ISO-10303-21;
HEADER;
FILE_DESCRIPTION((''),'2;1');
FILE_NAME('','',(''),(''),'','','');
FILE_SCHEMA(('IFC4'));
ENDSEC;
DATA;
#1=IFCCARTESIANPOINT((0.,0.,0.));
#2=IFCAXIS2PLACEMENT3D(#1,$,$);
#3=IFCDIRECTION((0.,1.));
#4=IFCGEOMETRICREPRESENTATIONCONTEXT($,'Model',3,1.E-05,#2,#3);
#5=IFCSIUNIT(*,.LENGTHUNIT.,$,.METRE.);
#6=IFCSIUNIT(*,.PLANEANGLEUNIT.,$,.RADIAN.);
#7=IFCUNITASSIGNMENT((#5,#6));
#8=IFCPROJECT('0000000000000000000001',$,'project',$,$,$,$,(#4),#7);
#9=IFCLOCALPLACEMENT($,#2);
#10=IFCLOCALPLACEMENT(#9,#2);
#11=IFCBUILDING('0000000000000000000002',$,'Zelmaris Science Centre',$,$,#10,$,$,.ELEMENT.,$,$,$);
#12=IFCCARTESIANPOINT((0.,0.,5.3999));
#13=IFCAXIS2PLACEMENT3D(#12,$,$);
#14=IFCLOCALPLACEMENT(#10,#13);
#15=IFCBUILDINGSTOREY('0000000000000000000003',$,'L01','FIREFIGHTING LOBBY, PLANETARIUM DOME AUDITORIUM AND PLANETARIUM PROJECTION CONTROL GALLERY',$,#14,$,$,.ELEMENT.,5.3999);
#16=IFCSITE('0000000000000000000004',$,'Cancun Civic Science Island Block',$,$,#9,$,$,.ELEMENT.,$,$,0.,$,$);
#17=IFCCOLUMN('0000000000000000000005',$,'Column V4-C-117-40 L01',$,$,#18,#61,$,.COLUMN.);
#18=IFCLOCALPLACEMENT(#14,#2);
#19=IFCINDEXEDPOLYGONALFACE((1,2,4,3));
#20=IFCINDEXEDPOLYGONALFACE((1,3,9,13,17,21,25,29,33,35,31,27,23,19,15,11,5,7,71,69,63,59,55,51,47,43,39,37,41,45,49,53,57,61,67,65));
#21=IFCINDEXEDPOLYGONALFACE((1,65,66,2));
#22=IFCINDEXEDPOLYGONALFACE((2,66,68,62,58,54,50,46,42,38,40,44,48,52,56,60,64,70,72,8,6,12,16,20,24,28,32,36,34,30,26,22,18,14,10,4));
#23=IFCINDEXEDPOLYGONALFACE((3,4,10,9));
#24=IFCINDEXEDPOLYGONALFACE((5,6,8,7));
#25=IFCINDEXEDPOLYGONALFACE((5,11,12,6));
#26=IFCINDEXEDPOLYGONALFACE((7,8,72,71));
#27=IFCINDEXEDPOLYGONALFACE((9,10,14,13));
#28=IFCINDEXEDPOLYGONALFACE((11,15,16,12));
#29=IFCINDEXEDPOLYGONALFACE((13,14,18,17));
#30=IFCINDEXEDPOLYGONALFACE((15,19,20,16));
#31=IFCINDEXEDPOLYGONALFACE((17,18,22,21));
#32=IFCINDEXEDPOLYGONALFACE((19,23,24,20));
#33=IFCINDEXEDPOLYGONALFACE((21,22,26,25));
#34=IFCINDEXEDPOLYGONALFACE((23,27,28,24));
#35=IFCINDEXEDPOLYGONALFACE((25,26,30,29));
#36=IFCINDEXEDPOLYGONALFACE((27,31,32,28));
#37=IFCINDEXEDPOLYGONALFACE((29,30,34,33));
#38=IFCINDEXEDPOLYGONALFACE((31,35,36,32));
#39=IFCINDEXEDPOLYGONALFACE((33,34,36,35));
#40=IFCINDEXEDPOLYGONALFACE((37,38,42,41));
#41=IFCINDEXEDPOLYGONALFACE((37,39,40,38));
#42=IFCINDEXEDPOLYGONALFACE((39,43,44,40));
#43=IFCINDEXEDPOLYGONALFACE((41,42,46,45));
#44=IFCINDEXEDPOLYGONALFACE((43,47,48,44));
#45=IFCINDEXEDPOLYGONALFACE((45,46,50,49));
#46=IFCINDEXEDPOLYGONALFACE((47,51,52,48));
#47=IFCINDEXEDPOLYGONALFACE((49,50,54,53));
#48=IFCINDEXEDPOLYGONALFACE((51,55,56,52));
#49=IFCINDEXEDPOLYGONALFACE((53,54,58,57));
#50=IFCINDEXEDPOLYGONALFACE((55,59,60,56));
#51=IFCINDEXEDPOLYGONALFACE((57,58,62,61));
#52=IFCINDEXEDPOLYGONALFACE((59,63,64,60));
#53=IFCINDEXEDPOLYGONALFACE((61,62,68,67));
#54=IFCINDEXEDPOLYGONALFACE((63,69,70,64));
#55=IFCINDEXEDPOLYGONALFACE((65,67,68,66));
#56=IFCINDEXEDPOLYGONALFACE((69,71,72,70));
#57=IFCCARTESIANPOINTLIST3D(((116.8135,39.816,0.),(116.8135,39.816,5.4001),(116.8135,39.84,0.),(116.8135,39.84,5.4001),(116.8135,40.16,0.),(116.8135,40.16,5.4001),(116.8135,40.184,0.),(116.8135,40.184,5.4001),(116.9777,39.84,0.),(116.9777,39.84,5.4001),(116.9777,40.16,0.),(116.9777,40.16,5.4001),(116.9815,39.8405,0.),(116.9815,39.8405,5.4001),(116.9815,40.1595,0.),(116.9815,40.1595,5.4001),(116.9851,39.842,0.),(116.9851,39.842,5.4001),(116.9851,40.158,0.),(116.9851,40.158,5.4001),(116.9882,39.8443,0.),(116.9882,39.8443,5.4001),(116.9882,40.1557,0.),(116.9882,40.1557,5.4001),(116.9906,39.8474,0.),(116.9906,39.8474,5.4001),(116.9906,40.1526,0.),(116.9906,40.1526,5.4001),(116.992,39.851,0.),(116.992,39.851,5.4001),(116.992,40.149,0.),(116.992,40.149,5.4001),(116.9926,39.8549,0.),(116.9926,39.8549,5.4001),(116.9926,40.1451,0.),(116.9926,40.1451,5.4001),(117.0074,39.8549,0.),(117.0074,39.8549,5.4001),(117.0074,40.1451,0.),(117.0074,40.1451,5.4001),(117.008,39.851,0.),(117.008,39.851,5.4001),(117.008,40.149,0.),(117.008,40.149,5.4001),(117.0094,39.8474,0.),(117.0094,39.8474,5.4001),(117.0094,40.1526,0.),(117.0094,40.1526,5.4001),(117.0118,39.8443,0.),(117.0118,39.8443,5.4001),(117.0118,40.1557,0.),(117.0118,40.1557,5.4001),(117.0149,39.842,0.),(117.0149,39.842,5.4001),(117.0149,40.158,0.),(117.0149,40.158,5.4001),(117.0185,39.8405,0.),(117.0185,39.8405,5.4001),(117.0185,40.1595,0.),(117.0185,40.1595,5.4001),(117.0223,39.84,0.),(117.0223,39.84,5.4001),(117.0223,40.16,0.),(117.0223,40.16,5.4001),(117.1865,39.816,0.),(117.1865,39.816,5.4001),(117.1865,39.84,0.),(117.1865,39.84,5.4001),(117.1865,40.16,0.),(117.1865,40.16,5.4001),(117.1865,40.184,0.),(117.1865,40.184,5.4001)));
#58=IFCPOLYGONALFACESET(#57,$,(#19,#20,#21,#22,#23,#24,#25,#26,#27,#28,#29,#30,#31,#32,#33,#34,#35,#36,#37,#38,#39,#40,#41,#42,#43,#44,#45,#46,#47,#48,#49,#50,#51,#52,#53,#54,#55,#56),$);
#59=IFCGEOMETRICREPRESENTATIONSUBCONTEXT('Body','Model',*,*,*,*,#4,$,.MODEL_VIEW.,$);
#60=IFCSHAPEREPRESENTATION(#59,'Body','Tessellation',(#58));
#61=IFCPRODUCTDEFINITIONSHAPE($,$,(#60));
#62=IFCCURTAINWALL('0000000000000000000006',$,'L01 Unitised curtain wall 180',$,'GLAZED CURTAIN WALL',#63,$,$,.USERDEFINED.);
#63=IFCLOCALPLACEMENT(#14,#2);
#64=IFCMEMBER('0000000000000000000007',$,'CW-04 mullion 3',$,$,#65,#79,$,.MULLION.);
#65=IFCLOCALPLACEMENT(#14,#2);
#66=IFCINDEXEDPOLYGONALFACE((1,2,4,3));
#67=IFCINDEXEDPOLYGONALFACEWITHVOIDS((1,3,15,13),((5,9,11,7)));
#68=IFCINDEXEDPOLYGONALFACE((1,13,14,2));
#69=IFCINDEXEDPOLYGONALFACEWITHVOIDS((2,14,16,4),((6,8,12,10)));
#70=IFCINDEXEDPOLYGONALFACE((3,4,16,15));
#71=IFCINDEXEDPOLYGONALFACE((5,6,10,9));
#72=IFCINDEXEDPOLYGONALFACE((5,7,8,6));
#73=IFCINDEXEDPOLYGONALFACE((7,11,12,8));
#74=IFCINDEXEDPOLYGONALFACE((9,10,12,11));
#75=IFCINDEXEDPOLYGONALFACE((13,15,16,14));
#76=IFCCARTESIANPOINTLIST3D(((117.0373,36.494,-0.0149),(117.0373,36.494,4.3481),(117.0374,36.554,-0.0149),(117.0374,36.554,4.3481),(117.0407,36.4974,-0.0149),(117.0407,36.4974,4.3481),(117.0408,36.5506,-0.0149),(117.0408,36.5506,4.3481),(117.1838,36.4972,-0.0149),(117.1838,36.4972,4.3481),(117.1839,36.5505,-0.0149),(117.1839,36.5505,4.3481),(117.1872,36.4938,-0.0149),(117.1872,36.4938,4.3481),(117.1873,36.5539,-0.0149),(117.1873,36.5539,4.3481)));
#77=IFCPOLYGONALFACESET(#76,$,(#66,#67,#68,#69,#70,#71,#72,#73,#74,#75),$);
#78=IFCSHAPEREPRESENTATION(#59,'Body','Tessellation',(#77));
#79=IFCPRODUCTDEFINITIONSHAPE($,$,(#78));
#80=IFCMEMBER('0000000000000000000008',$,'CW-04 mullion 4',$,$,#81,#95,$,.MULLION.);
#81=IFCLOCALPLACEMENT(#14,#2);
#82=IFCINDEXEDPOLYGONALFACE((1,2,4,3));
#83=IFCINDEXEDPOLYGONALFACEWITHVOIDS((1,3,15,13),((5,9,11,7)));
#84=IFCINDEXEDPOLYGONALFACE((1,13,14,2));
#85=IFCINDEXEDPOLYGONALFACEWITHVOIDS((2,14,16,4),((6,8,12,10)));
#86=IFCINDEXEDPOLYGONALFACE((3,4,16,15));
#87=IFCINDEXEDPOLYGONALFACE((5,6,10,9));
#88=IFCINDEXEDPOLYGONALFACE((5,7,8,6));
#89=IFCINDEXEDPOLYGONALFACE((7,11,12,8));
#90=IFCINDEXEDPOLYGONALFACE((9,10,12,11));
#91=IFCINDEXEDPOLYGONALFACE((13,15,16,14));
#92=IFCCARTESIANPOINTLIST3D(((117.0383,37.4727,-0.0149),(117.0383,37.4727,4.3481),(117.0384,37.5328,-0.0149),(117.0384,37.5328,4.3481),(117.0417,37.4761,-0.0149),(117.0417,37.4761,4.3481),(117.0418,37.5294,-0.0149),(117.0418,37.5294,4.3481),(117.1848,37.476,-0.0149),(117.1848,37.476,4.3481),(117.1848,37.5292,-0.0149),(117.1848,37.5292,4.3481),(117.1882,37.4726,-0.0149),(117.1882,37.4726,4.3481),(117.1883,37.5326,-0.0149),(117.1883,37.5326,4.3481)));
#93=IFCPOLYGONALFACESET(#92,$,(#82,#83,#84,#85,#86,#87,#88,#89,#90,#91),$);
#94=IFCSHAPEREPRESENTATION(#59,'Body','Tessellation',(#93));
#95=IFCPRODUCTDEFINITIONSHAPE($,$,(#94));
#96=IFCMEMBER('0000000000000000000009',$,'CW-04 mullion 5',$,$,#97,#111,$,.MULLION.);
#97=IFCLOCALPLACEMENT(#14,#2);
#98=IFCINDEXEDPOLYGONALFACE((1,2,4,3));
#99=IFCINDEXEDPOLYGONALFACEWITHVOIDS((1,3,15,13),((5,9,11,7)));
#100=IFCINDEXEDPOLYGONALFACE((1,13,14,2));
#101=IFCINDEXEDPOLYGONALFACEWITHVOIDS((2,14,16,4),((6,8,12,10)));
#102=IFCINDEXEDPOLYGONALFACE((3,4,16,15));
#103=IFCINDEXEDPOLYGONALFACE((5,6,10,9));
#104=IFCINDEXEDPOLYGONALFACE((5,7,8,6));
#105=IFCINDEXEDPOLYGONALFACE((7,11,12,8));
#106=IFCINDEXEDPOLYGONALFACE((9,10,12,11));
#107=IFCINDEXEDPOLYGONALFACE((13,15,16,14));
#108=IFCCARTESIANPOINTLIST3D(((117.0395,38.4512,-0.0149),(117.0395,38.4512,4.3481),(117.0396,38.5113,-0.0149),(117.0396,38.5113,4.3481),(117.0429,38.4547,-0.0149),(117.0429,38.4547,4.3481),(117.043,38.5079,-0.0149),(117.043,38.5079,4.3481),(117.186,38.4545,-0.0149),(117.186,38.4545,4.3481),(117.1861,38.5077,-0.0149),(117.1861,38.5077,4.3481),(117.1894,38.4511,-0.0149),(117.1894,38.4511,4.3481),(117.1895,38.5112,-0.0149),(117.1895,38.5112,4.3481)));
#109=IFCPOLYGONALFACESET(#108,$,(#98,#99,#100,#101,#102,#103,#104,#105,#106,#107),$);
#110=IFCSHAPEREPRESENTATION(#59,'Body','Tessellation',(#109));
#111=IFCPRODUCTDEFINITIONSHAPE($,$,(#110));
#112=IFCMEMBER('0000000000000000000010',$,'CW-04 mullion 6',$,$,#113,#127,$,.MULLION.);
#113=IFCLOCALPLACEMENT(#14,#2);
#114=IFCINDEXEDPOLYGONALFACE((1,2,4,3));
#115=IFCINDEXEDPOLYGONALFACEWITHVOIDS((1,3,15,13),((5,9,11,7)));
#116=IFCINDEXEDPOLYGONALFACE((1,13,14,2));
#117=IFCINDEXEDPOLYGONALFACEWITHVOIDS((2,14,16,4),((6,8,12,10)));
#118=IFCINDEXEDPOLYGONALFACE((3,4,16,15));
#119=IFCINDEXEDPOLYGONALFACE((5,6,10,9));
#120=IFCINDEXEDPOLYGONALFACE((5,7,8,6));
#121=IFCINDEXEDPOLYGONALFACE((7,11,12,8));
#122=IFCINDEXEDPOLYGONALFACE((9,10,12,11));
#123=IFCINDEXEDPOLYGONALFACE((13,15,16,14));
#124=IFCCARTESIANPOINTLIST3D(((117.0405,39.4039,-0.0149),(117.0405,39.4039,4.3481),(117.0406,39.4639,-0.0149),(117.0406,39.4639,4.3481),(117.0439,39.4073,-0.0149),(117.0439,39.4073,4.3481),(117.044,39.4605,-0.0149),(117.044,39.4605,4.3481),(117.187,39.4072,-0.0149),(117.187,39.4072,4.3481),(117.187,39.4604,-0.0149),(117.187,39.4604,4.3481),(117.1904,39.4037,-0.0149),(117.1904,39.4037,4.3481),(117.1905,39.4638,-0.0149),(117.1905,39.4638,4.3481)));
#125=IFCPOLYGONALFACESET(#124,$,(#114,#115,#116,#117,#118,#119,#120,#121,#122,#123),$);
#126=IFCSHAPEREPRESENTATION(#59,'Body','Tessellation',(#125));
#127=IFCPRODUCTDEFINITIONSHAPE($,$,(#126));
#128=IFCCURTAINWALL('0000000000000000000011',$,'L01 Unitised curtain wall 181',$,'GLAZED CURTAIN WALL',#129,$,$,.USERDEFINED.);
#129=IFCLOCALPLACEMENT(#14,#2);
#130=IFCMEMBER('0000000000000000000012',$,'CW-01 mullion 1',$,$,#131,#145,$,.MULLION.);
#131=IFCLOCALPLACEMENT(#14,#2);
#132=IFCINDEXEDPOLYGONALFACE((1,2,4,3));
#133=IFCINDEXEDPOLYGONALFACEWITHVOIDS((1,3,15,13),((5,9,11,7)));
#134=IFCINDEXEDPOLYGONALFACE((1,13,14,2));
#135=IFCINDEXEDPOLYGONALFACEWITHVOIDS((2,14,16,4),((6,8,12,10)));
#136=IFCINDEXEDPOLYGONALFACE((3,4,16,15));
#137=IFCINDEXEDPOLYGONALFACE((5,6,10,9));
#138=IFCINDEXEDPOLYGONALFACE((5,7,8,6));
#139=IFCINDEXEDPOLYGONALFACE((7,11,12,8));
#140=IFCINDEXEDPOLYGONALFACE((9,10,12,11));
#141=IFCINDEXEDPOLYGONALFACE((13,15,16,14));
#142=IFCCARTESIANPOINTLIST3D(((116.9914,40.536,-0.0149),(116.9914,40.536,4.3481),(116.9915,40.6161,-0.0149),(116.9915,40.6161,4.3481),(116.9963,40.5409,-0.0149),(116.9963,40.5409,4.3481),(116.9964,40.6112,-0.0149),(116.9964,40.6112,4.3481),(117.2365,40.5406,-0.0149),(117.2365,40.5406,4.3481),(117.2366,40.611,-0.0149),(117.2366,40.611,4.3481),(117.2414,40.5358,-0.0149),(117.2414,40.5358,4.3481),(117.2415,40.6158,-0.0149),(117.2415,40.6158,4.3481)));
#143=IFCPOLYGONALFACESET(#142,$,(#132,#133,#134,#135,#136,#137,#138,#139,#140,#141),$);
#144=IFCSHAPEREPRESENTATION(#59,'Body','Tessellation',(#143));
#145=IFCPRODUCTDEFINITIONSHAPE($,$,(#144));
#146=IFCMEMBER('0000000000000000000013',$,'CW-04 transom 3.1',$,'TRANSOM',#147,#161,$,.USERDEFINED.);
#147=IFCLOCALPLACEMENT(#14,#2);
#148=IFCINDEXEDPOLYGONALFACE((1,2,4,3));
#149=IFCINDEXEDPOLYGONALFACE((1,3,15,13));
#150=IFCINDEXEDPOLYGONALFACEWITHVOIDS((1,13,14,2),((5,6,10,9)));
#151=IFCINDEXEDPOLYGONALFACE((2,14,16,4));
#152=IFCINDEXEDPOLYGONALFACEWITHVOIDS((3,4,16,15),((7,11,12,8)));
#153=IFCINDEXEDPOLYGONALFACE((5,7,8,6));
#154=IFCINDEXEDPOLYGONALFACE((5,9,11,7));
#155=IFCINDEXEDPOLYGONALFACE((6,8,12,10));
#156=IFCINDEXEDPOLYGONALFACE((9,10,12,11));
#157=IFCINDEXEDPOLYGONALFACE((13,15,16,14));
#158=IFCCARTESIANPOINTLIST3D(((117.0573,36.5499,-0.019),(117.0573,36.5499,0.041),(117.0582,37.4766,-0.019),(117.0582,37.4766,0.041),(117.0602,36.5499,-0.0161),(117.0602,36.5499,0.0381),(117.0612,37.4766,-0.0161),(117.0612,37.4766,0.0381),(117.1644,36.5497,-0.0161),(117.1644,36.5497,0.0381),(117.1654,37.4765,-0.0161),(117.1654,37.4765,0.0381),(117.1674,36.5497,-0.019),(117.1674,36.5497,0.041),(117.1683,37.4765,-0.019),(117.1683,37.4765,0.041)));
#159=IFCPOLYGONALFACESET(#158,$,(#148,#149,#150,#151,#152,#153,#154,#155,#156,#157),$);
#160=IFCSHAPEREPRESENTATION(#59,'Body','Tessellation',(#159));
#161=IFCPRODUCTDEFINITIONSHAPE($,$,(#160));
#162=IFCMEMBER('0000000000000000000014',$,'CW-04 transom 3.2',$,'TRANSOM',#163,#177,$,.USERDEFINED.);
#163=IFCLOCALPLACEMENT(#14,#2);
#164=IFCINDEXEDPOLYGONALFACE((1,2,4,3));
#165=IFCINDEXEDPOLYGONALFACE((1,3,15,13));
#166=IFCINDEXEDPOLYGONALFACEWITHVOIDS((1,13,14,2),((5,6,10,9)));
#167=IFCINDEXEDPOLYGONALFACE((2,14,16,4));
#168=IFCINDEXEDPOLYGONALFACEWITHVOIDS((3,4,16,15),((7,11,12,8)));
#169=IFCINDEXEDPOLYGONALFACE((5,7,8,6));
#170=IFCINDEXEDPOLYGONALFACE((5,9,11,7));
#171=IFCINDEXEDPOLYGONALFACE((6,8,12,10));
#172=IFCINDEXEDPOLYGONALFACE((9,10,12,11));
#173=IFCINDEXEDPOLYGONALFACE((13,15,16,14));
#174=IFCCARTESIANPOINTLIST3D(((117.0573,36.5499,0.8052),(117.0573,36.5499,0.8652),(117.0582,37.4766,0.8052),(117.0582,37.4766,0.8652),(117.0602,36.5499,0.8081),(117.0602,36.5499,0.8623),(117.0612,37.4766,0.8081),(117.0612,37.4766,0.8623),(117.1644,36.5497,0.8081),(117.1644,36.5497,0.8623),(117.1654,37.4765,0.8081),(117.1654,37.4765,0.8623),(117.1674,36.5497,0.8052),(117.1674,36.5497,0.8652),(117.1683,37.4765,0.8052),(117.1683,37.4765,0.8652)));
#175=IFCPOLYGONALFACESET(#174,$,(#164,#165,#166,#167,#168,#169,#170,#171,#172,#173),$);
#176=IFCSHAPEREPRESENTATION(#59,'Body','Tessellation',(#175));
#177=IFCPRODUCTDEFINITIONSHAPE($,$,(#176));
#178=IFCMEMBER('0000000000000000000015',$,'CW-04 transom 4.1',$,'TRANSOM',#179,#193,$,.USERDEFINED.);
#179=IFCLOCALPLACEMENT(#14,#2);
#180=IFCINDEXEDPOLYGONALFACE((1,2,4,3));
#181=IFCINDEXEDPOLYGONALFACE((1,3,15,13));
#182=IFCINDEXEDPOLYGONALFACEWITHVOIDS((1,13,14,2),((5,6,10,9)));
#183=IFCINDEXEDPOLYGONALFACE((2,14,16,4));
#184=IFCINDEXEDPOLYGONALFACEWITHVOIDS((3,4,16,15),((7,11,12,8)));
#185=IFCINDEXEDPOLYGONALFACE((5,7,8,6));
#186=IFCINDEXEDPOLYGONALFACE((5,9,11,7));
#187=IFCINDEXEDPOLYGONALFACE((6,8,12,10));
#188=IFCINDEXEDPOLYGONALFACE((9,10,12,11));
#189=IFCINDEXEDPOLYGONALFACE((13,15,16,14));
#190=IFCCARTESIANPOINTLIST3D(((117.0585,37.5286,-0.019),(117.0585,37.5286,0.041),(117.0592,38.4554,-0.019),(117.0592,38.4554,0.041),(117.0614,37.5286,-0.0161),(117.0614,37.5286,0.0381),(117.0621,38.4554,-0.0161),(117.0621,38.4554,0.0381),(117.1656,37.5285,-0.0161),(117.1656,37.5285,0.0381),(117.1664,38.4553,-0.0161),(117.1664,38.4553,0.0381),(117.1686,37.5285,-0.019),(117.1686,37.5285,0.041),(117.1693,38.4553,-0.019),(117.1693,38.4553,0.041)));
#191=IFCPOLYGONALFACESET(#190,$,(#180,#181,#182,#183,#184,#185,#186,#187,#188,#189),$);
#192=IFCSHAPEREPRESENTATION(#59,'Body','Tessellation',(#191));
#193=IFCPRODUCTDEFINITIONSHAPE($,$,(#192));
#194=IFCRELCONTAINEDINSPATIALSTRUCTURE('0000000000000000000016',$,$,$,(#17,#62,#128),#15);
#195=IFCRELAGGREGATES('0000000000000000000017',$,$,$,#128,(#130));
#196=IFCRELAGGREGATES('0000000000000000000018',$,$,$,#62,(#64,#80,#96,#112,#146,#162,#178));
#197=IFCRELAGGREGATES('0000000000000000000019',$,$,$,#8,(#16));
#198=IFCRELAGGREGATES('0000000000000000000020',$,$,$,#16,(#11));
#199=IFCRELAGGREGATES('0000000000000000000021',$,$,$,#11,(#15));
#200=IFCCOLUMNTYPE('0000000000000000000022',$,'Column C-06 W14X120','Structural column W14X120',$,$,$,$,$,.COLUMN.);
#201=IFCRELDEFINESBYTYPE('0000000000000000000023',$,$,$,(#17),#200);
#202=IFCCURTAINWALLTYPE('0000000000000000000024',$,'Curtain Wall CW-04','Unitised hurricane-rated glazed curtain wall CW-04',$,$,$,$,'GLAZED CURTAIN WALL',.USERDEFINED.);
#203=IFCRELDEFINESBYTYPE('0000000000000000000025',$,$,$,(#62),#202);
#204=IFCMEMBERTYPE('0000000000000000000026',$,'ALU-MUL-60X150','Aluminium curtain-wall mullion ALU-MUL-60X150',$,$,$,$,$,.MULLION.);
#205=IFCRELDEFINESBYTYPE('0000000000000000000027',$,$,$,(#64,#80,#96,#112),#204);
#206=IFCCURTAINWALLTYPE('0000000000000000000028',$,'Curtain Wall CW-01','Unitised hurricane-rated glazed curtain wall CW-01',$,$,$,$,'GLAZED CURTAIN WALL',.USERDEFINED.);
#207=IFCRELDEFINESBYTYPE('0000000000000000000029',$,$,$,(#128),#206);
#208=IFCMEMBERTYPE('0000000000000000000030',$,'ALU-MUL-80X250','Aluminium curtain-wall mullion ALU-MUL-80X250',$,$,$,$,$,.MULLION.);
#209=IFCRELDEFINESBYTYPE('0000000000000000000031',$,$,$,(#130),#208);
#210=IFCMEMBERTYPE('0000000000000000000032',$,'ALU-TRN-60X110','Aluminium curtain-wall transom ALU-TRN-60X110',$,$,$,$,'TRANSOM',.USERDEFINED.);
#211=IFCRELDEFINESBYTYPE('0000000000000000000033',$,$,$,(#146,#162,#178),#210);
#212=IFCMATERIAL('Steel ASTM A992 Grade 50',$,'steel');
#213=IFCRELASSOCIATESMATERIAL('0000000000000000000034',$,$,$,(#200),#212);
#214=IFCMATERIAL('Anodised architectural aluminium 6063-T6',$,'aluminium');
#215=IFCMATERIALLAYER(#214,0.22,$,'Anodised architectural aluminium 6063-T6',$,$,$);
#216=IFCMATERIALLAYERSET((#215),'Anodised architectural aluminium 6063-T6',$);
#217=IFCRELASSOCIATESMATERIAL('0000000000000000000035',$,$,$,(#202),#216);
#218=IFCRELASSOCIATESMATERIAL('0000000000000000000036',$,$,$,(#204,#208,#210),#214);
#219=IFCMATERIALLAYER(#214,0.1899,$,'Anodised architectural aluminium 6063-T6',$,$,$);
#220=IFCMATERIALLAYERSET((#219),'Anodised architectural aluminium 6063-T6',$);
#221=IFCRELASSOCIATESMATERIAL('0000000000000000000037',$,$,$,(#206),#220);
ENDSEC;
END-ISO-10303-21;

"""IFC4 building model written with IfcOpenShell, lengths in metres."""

from ifc_helpers import new_model, si_unit, direction, frame, origin, origin_2d, place, context, subcontext, project, spatial, hollow_rectangle, i_section, extrude, material, layer, layer_set, material_profile, profile_set, type_object, element, aggregate, save


model = new_model("IFC4")

# Units and contexts
model_context = context("Model", 3, precision=1e-05, world=origin(), true_north=direction((0.0, 1.0)))
body_context = subcontext(model_context, "Body", "Model", "MODEL_VIEW")
ifc_project = project(units=[si_unit("LENGTHUNIT", "METRE"), si_unit("PLANEANGLEUNIT", "RADIAN")], contexts=[model_context])

# Site, building, storey
site_placement = place(None, origin())
site = spatial("IfcSite", under=ifc_project, at=site_placement, Name="Cancun Civic Science Island Block", CompositionType="ELEMENT", RefElevation=0.0)
building_placement = place(site_placement, origin())
building = spatial("IfcBuilding", under=site, at=building_placement, Name="Zelmaris Science Centre", CompositionType="ELEMENT")
storey_placement = place(building_placement, frame((0.0, 0.0, 5.3999)))
storey = spatial("IfcBuildingStorey", under=building, at=storey_placement, Name="L01", Description="FIREFIGHTING LOBBY, PLANETARIUM DOME AUDITORIUM AND PLANETARIUM PROJECTION CONTROL GALLERY", CompositionType="ELEMENT", Elevation=5.3999)

# Column
ifc_material_1 = material(Name="Steel ASTM A992 Grade 50", Category="steel")
ifc_material_profile_1 = material_profile(ifc_material_1, i_section(OverallWidth=0.373, OverallDepth=0.3679, WebThickness=0.0149, FlangeThickness=0.0239, FilletRadius=0.0149, at=origin_2d()), Name="W14X120")
ifc_profile_set_1 = profile_set([ifc_material_profile_1], Name="Steel ASTM A992 Grade 50")
column_type = type_object("IfcColumnType", Name="Column C-06 W14X120", Description="Structural column W14X120", PredefinedType="COLUMN", material=ifc_profile_set_1)
column_placement = place(storey_placement, frame((117.0, 40.0, 0.0), z_axis=(0.0, 0.0, 1.0), x_axis=(1.0, 0.0, 0.0)))
element("IfcColumn", 1, at=column_placement, inside=storey, type_object=column_type, Name="Column V4-C-117-40 L01", PredefinedType="COLUMN", context=body_context, shape_type="SweptSolid", body=[
    extrude(i_section(OverallWidth=0.373, OverallDepth=0.3679, WebThickness=0.0149, FlangeThickness=0.0239, FilletRadius=0.0149, at=origin_2d()), origin(), (0.0, 0.0, 1.0), 5.4001),
])

# Curtain wall, members
ifc_material_2 = material(Name="Anodised architectural aluminium 6063-T6", Category="aluminium")
ifc_layer_1 = layer(ifc_material_2, 0.22, Name="Anodised architectural aluminium 6063-T6")
ifc_layer_set_1 = layer_set([ifc_layer_1], Name="Anodised architectural aluminium 6063-T6")
curtain_wall_type_1 = type_object("IfcCurtainWallType", Name="Curtain Wall CW-04", Description="Unitised hurricane-rated glazed curtain wall CW-04", ElementType="GLAZED CURTAIN WALL", PredefinedType="USERDEFINED", material=ifc_layer_set_1)
curtain_wall_1_placement = place(storey_placement, origin())
curtain_wall_1 = element("IfcCurtainWall", 2, at=curtain_wall_1_placement, inside=storey, type_object=curtain_wall_type_1, Name="L01 Unitised curtain wall 180", ObjectType="GLAZED CURTAIN WALL", PredefinedType="USERDEFINED")
ifc_material_profile_2 = material_profile(ifc_material_2, hollow_rectangle(XDim=0.0601, YDim=0.1499, WallThickness=0.0034, at=origin_2d()), Name="ALU-MUL-60X150")
ifc_profile_set_2 = profile_set([ifc_material_profile_2], Name="Anodised architectural aluminium 6063-T6")
member_type_1 = type_object("IfcMemberType", Name="ALU-MUL-60X150", Description="Aluminium curtain-wall mullion ALU-MUL-60X150", PredefinedType="MULLION", material=ifc_profile_set_2)
member_1_placement = place(storey_placement, frame((117.1123, 36.5239, -0.0149), z_axis=(0.0, 0.0, 1.0), x_axis=(0.001019, 0.999999, 0.0)))
member_1 = element("IfcMember", 3, at=member_1_placement, type_object=member_type_1, Name="CW-04 mullion 3", PredefinedType="MULLION", context=body_context, shape_type="SweptSolid", body=[
    extrude(hollow_rectangle(XDim=0.0601, YDim=0.1499, WallThickness=0.0034, at=origin_2d()), origin(), (0.0, 0.0, 1.0), 4.363),
])
member_2_placement = place(storey_placement, frame((117.1133, 37.5027, -0.0149), z_axis=(0.0, 0.0, 1.0), x_axis=(0.001019, 0.999999, 0.0)))
member_2 = element("IfcMember", 4, at=member_2_placement, type_object=member_type_1, Name="CW-04 mullion 4", PredefinedType="MULLION", context=body_context, shape_type="SweptSolid", body=[
    extrude(hollow_rectangle(XDim=0.0601, YDim=0.1499, WallThickness=0.0034, at=origin_2d()), origin(), (0.0, 0.0, 1.0), 4.363),
])
member_3_placement = place(storey_placement, frame((117.1145, 38.4812, -0.0149), z_axis=(0.0, 0.0, 1.0), x_axis=(0.001019, 0.999999, 0.0)))
member_3 = element("IfcMember", 5, at=member_3_placement, type_object=member_type_1, Name="CW-04 mullion 5", PredefinedType="MULLION", context=body_context, shape_type="SweptSolid", body=[
    extrude(hollow_rectangle(XDim=0.0601, YDim=0.1499, WallThickness=0.0034, at=origin_2d()), origin(), (0.0, 0.0, 1.0), 4.363),
])
member_4_placement = place(storey_placement, frame((117.1155, 39.4338, -0.0149), z_axis=(0.0, 0.0, 1.0), x_axis=(0.001019, 0.999999, 0.0)))
member_4 = element("IfcMember", 6, at=member_4_placement, type_object=member_type_1, Name="CW-04 mullion 6", PredefinedType="MULLION", context=body_context, shape_type="SweptSolid", body=[
    extrude(hollow_rectangle(XDim=0.0601, YDim=0.1499, WallThickness=0.0034, at=origin_2d()), origin(), (0.0, 0.0, 1.0), 4.363),
])

# Curtain wall, member
ifc_layer_2 = layer(ifc_material_2, 0.1899, Name="Anodised architectural aluminium 6063-T6")
ifc_layer_set_2 = layer_set([ifc_layer_2], Name="Anodised architectural aluminium 6063-T6")
curtain_wall_type_2 = type_object("IfcCurtainWallType", Name="Curtain Wall CW-01", Description="Unitised hurricane-rated glazed curtain wall CW-01", ElementType="GLAZED CURTAIN WALL", PredefinedType="USERDEFINED", material=ifc_layer_set_2)
curtain_wall_2_placement = place(storey_placement, origin())
curtain_wall_2 = element("IfcCurtainWall", 7, at=curtain_wall_2_placement, inside=storey, type_object=curtain_wall_type_2, Name="L01 Unitised curtain wall 181", ObjectType="GLAZED CURTAIN WALL", PredefinedType="USERDEFINED")
ifc_material_profile_3 = material_profile(ifc_material_2, hollow_rectangle(XDim=0.0801, YDim=0.25, WallThickness=0.0049, at=origin_2d()), Name="ALU-MUL-80X250")
ifc_profile_set_3 = profile_set([ifc_material_profile_3], Name="Anodised architectural aluminium 6063-T6")
member_type_2 = type_object("IfcMemberType", Name="ALU-MUL-80X250", Description="Aluminium curtain-wall mullion ALU-MUL-80X250", PredefinedType="MULLION", material=ifc_profile_set_3)
member_5_placement = place(storey_placement, frame((117.1165, 40.5759, -0.0149), z_axis=(0.0, 0.0, 1.0), x_axis=(0.001019, 0.999999, 0.0)))
member_5 = element("IfcMember", 8, at=member_5_placement, type_object=member_type_2, Name="CW-01 mullion 1", PredefinedType="MULLION", context=body_context, shape_type="SweptSolid", body=[
    extrude(hollow_rectangle(XDim=0.0801, YDim=0.25, WallThickness=0.0049, at=origin_2d()), origin(), (0.0, 0.0, 1.0), 4.363),
])

# Members
ifc_material_profile_4 = material_profile(ifc_material_2, hollow_rectangle(XDim=0.0601, YDim=0.1101, WallThickness=0.0029, at=origin_2d()), Name="ALU-TRN-60X110")
ifc_profile_set_4 = profile_set([ifc_material_profile_4], Name="Anodised architectural aluminium 6063-T6")
member_type_3 = type_object("IfcMemberType", Name="ALU-TRN-60X110", Description="Aluminium curtain-wall transom ALU-TRN-60X110", ElementType="TRANSOM", PredefinedType="USERDEFINED", material=ifc_profile_set_4)
member_6_placement = place(storey_placement, frame((117.1123, 36.5498, 0.011), z_axis=(0.001054, 0.999999, 0.0), x_axis=(0.0, 0.0, 1.0)))
member_6 = element("IfcMember", 9, at=member_6_placement, type_object=member_type_3, Name="CW-04 transom 3.1", ObjectType="TRANSOM", PredefinedType="USERDEFINED", context=body_context, shape_type="SweptSolid", body=[
    extrude(hollow_rectangle(XDim=0.0601, YDim=0.1101, WallThickness=0.0029, at=origin_2d()), origin(), (0.0, 0.0, 1.0), 0.9268),
])
member_7_placement = place(storey_placement, frame((117.1123, 36.5498, 0.8352), z_axis=(0.001054, 0.999999, 0.0), x_axis=(0.0, 0.0, 1.0)))
member_7 = element("IfcMember", 10, at=member_7_placement, type_object=member_type_3, Name="CW-04 transom 3.2", ObjectType="TRANSOM", PredefinedType="USERDEFINED", context=body_context, shape_type="SweptSolid", body=[
    extrude(hollow_rectangle(XDim=0.0601, YDim=0.1101, WallThickness=0.0029, at=origin_2d()), origin(), (0.0, 0.0, 1.0), 0.9268),
])
member_8_placement = place(storey_placement, frame((117.1135, 37.5286, 0.011), z_axis=(0.00079, 1.0, 0.0), x_axis=(0.0, 0.0, 1.0)))
member_8 = element("IfcMember", 11, at=member_8_placement, type_object=member_type_3, Name="CW-04 transom 4.1", ObjectType="TRANSOM", PredefinedType="USERDEFINED", context=body_context, shape_type="SweptSolid", body=[
    extrude(hollow_rectangle(XDim=0.0601, YDim=0.1101, WallThickness=0.0029, at=origin_2d()), origin(), (0.0, 0.0, 1.0), 0.9268),
])
aggregate(curtain_wall_2, [member_5])

aggregate(curtain_wall_1, [member_1, member_2, member_3, member_4, member_6, member_7, member_8])

save(model, "model.ifc")
